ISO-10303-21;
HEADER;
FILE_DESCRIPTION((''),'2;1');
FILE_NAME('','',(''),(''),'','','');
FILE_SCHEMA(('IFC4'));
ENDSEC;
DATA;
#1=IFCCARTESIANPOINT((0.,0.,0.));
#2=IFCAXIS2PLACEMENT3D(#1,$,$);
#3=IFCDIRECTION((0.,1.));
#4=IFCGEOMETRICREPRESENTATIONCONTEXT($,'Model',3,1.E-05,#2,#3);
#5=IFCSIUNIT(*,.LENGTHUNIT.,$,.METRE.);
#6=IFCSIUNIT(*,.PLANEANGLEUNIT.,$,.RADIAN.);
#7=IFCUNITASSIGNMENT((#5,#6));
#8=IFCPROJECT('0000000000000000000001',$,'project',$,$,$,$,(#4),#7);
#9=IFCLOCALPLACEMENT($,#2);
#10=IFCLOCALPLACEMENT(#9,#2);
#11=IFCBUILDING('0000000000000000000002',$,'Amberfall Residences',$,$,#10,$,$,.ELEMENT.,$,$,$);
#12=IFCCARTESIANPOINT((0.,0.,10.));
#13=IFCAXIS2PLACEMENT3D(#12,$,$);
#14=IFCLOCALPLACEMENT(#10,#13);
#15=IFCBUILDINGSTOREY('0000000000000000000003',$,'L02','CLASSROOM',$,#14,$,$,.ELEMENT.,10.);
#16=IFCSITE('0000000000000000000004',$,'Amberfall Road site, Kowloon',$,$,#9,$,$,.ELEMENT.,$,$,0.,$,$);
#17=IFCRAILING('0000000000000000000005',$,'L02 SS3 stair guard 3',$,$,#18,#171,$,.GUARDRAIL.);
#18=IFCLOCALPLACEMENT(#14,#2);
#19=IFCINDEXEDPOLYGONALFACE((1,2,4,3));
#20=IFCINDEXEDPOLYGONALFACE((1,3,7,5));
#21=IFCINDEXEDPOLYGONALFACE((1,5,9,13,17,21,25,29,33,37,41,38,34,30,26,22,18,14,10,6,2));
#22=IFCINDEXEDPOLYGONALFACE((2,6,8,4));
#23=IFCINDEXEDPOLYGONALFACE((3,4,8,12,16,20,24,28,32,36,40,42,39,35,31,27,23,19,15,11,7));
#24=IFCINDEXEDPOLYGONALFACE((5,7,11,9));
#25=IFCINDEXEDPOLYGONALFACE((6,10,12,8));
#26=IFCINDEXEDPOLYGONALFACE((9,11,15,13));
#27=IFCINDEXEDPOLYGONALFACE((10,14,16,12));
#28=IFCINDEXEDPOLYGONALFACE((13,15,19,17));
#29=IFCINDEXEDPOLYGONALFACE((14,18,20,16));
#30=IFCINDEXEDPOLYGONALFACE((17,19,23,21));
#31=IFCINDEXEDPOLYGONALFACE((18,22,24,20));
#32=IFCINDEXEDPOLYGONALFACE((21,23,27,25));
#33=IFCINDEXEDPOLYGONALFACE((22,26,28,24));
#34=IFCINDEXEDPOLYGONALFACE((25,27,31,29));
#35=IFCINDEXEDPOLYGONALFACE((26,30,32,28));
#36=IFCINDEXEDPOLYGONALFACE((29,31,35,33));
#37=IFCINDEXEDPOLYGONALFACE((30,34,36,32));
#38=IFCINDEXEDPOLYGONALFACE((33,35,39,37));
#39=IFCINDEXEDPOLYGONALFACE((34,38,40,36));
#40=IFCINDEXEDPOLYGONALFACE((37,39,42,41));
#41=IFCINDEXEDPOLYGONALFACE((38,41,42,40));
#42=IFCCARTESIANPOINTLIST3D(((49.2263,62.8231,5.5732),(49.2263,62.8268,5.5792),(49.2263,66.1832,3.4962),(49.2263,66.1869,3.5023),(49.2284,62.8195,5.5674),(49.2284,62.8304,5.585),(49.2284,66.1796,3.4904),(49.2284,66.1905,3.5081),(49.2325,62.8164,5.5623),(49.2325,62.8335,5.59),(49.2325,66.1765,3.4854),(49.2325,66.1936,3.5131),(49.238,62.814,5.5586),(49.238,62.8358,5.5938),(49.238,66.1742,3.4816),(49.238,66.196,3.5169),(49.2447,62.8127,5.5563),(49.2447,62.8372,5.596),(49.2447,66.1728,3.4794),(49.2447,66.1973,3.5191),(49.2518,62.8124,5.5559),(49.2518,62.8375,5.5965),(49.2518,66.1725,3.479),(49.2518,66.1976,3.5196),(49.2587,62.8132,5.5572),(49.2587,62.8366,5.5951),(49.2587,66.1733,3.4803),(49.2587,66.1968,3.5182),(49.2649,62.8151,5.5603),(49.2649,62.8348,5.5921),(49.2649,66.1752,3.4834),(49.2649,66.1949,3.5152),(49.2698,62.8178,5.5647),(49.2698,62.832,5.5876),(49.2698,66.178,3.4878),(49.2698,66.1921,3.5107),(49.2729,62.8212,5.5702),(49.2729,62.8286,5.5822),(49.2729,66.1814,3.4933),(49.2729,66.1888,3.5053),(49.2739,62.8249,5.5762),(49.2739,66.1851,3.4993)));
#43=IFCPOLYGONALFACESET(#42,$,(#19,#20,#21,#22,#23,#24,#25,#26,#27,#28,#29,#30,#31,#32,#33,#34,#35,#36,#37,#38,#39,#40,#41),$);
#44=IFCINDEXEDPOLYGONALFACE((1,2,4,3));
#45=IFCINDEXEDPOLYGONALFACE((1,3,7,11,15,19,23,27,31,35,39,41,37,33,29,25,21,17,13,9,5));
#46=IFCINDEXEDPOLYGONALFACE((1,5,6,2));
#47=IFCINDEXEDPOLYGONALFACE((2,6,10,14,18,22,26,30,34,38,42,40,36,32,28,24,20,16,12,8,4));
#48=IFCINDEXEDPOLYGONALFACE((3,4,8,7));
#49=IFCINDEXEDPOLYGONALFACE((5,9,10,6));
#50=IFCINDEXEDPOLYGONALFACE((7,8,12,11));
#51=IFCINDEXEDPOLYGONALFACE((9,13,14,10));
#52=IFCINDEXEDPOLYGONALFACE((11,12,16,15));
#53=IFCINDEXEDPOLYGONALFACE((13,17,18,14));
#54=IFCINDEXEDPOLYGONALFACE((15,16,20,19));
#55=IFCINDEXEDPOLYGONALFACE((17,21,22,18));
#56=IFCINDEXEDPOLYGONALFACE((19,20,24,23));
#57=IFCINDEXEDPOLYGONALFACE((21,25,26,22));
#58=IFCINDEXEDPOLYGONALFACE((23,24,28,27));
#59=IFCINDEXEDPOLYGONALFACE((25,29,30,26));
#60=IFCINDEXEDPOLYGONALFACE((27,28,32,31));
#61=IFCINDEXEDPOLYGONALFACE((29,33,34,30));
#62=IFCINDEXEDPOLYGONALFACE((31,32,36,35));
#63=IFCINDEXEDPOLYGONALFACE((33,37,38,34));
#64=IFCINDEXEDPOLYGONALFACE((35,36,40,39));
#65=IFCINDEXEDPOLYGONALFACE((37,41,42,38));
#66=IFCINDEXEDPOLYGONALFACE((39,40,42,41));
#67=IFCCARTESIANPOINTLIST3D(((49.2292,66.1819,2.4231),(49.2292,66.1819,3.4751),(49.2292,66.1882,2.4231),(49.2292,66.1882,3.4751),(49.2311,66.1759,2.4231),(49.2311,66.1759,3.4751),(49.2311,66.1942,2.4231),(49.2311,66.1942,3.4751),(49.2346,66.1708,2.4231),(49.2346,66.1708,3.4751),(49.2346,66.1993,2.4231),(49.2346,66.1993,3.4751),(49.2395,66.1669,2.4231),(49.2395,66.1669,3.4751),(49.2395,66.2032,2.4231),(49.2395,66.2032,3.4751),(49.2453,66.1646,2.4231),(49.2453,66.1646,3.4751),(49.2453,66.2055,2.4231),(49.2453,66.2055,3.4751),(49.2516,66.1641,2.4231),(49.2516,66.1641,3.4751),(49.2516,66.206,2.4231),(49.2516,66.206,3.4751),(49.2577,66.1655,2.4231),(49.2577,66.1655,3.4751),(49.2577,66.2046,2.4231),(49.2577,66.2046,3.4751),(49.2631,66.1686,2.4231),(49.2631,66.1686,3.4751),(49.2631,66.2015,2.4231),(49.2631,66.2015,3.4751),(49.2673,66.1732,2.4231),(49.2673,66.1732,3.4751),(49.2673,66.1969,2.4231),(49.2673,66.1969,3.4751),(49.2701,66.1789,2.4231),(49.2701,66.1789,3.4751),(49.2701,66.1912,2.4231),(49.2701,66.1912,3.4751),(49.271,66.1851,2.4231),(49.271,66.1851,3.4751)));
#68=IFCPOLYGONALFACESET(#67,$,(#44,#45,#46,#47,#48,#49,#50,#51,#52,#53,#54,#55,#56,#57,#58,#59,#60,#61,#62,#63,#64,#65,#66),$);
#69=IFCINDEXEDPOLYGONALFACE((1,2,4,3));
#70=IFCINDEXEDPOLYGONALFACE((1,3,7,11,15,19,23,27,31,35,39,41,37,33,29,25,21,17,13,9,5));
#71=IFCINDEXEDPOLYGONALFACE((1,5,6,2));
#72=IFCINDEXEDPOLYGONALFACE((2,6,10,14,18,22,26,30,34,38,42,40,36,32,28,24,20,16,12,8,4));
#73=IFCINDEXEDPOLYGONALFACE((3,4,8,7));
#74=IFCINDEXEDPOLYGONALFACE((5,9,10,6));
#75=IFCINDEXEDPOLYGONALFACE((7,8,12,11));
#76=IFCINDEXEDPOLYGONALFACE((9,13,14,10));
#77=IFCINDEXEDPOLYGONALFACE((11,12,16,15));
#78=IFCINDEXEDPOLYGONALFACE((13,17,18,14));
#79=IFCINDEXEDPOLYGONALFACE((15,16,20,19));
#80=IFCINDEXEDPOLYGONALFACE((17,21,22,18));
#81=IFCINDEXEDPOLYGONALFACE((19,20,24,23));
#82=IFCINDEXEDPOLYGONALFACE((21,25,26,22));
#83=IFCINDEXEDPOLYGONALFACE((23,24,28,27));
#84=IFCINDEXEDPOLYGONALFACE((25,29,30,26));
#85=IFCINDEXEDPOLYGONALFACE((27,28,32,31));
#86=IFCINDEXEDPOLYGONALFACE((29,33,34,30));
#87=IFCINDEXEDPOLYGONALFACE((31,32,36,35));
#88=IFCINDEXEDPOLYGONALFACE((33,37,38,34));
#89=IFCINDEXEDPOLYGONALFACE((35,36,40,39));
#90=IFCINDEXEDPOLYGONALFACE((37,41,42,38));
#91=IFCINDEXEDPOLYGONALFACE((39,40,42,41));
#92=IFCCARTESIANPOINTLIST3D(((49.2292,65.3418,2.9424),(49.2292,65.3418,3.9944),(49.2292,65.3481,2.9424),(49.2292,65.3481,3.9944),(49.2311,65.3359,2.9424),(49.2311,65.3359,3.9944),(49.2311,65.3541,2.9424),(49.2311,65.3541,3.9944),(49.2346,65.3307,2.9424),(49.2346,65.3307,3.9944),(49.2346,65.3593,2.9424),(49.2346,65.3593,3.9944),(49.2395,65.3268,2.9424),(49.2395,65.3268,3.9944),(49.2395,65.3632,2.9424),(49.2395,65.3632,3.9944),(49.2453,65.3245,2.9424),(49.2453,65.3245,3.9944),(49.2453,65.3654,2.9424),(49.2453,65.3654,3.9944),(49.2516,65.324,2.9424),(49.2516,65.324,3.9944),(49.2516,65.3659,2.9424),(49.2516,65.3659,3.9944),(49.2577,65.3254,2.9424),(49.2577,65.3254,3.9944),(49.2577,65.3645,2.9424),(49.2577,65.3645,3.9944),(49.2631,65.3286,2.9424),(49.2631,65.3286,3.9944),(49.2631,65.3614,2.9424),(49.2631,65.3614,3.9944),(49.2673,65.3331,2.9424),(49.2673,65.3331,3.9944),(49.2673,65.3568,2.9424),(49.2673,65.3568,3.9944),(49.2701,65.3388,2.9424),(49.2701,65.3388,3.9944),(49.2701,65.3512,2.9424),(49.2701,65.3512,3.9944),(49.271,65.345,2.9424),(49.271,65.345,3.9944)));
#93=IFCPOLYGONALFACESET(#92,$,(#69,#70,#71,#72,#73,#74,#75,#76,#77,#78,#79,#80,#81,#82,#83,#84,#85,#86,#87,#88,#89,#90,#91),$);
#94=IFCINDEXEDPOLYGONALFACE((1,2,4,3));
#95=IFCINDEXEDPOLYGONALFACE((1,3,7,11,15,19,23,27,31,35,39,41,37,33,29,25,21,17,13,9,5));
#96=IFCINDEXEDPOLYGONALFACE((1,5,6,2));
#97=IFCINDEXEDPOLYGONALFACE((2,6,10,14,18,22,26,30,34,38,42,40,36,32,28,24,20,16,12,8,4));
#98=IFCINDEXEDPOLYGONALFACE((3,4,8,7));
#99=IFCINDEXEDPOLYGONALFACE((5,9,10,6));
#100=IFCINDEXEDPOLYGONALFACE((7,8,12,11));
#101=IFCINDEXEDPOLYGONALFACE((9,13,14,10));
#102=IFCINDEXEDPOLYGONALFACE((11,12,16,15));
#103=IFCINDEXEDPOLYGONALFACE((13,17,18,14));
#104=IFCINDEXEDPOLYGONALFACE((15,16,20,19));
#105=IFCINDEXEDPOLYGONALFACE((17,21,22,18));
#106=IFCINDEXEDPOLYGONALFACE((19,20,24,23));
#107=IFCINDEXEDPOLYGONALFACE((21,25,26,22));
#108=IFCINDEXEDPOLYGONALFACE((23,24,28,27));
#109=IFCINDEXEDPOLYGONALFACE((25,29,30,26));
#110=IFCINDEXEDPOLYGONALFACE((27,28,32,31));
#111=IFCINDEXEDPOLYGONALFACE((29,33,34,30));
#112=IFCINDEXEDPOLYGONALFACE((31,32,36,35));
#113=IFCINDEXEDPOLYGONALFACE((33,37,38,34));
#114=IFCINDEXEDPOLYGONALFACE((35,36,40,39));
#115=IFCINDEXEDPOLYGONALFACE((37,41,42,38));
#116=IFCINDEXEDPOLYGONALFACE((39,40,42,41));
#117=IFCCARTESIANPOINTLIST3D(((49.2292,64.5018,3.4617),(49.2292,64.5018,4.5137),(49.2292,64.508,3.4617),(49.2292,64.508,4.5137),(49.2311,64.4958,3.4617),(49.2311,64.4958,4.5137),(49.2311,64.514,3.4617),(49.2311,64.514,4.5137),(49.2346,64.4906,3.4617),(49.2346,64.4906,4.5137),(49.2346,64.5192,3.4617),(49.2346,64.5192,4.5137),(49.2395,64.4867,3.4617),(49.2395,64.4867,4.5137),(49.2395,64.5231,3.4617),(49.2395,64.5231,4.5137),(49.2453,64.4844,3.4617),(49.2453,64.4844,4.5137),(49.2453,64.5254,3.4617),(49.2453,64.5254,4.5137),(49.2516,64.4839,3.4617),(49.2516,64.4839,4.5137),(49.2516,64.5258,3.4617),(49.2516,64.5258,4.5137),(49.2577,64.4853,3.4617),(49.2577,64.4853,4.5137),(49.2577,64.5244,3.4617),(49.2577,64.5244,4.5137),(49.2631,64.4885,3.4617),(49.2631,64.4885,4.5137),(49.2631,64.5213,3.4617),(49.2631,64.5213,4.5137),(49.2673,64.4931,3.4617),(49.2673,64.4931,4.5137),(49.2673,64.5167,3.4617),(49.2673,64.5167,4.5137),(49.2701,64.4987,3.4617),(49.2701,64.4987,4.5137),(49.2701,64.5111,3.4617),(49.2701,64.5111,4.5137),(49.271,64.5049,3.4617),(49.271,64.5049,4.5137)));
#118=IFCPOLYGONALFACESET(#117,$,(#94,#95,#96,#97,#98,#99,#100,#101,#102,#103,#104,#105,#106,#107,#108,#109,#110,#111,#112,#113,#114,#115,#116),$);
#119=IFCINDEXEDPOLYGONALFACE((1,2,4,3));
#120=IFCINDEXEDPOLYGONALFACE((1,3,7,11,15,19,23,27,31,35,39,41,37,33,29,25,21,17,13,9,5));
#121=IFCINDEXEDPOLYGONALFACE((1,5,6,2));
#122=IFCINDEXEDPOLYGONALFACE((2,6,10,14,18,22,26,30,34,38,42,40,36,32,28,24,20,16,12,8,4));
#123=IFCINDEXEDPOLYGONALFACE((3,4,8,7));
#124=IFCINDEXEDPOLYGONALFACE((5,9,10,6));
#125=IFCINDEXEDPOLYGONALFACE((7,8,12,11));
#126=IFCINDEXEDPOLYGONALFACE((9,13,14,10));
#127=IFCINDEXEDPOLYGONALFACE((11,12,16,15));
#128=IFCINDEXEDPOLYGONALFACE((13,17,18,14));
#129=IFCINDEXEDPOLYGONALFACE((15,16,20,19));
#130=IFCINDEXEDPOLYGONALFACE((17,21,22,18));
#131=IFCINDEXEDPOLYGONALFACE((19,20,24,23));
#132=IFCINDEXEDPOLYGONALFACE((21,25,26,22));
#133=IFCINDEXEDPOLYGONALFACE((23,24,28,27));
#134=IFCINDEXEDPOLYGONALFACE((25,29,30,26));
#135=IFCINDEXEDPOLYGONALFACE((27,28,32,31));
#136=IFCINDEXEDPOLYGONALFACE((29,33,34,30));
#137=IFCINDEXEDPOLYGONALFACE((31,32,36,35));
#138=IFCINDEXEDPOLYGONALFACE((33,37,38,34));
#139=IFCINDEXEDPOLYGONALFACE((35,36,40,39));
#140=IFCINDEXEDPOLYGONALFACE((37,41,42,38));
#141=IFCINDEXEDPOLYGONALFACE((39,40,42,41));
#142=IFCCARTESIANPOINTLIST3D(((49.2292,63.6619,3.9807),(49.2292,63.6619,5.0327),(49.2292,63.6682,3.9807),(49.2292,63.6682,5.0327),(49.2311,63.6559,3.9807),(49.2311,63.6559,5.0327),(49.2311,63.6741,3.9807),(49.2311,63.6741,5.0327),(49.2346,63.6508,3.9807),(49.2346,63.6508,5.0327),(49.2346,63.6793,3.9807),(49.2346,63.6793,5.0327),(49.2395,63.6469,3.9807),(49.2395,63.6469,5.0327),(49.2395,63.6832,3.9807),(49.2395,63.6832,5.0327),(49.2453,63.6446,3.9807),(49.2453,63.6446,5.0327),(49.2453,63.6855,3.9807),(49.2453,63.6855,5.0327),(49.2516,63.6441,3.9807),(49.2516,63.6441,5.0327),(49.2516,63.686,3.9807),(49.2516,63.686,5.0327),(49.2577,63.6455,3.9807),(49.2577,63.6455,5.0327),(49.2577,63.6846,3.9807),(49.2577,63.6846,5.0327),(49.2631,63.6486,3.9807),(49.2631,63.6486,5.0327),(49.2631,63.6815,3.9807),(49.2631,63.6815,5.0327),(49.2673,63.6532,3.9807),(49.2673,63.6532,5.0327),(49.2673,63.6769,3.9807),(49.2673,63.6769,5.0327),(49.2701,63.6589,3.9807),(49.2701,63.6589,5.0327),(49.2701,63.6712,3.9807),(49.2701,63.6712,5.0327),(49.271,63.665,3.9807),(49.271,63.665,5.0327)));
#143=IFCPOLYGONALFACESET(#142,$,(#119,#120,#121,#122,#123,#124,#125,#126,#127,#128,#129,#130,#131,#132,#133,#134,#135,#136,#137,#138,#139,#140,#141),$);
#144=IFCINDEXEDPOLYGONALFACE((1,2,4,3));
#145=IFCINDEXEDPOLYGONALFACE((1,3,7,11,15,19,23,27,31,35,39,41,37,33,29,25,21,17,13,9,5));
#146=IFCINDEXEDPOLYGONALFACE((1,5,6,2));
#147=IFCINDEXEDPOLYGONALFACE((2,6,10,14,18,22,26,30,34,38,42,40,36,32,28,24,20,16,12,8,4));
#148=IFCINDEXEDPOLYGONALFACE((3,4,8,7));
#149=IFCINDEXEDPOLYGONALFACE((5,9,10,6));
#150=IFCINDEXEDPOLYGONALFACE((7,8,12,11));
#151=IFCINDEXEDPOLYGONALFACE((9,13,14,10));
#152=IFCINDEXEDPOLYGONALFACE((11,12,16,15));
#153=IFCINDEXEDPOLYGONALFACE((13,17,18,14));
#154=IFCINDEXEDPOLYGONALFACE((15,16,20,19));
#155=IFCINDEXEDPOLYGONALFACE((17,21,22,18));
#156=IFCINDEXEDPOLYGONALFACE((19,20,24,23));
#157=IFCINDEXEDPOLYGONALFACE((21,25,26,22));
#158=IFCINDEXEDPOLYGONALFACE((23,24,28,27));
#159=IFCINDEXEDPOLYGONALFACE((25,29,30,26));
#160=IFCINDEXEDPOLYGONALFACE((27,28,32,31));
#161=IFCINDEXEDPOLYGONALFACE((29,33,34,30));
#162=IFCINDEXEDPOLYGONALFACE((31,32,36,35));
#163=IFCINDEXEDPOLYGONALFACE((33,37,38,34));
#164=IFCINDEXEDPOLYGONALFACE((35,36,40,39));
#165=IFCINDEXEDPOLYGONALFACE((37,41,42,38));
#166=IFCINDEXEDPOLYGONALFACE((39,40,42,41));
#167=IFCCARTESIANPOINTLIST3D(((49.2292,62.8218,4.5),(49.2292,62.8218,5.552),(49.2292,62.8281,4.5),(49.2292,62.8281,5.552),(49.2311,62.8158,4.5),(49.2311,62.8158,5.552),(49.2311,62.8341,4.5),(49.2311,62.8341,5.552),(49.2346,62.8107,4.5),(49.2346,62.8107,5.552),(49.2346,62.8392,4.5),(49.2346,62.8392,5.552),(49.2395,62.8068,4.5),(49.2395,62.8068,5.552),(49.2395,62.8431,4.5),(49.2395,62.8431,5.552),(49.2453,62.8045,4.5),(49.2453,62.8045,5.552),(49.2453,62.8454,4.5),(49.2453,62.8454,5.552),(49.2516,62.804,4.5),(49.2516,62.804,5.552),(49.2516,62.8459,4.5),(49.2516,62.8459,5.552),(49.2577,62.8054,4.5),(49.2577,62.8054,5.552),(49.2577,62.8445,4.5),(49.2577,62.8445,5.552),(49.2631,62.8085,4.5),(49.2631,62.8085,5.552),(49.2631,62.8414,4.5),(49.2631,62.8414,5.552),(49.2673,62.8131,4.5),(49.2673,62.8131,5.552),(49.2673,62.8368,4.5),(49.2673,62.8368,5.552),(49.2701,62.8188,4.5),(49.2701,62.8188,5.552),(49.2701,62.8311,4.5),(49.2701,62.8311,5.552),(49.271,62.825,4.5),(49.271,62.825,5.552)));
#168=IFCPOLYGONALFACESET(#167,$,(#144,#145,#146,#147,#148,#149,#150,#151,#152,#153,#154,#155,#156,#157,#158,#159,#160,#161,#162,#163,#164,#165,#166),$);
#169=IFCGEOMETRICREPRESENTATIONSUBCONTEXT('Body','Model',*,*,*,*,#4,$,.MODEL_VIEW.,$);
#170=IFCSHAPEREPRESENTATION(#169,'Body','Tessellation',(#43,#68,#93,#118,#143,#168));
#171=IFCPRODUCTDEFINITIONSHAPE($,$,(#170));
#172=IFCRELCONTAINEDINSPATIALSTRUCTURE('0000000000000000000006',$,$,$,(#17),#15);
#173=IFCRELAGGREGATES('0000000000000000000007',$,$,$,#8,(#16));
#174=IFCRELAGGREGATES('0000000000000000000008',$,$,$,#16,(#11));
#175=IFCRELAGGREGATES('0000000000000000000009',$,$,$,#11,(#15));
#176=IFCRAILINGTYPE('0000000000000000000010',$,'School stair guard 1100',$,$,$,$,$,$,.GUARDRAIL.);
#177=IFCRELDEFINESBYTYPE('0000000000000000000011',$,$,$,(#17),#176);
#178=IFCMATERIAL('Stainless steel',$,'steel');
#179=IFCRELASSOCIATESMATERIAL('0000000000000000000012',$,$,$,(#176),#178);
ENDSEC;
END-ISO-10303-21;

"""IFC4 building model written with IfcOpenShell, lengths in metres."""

from ifc_helpers import new_model, si_unit, direction, frame, origin, origin_2d, place, context, subcontext, project, spatial, circle, extrude, material, type_object, element, save


model = new_model("IFC4")

# Units and contexts
model_context = context("Model", 3, precision=1e-05, world=origin(), true_north=direction((0.0, 1.0)))
body_context = subcontext(model_context, "Body", "Model", "MODEL_VIEW")
ifc_project = project(units=[si_unit("LENGTHUNIT", "METRE"), si_unit("PLANEANGLEUNIT", "RADIAN")], contexts=[model_context])

# Site, building, storey
site_placement = place(None, origin())
site = spatial("IfcSite", under=ifc_project, at=site_placement, Name="Amberfall Road site, Kowloon", CompositionType="ELEMENT", RefElevation=0.0)
building_placement = place(site_placement, origin())
building = spatial("IfcBuilding", under=site, at=building_placement, Name="Amberfall Residences", CompositionType="ELEMENT")
storey_placement = place(building_placement, frame((0.0, 0.0, 10.0)))
storey = spatial("IfcBuildingStorey", under=building, at=storey_placement, Name="L02", Description="CLASSROOM", CompositionType="ELEMENT", Elevation=10.0)

# Railing
ifc_material_1 = material(Name="Stainless steel", Category="steel")
railing_type_1 = type_object("IfcRailingType", Name="School stair guard 1100", PredefinedType="GUARDRAIL", material=ifc_material_1)
railing_1_placement = place(storey_placement, frame((49.25, 66.1851, 2.4231)))
element("IfcRailing", 1, at=railing_1_placement, inside=storey, type_object=railing_type_1, Name="L02 SS3 stair guard 3", PredefinedType="GUARDRAIL", context=body_context, shape_type="SweptSolid", body=[
    extrude(circle(Radius=0.0239, at=origin_2d()), frame((0.0, 0.0, 1.0762), z_axis=(0.0, -0.850623, 0.525776), x_axis=(1.0, 0.0, 0.0)), (0.0, 0.0, 1.0), 3.9502),
    extrude(circle(Radius=0.021, at=origin_2d()), origin(), (0.0, 0.0, 1.0), 1.052),
    extrude(circle(Radius=0.021, at=origin_2d()), frame((0.0, -0.8401, 0.5193)), (0.0, 0.0, 1.0), 1.052),
    extrude(circle(Radius=0.021, at=origin_2d()), frame((0.0, -1.6802, 1.0386)), (0.0, 0.0, 1.0), 1.052),
    extrude(circle(Radius=0.021, at=origin_2d()), frame((0.0, -2.52, 1.5576)), (0.0, 0.0, 1.0), 1.052),
    extrude(circle(Radius=0.021, at=origin_2d()), frame((0.0, -3.3601, 2.0769)), (0.0, 0.0, 1.0), 1.052),
])

save(model, "model.ifc")
